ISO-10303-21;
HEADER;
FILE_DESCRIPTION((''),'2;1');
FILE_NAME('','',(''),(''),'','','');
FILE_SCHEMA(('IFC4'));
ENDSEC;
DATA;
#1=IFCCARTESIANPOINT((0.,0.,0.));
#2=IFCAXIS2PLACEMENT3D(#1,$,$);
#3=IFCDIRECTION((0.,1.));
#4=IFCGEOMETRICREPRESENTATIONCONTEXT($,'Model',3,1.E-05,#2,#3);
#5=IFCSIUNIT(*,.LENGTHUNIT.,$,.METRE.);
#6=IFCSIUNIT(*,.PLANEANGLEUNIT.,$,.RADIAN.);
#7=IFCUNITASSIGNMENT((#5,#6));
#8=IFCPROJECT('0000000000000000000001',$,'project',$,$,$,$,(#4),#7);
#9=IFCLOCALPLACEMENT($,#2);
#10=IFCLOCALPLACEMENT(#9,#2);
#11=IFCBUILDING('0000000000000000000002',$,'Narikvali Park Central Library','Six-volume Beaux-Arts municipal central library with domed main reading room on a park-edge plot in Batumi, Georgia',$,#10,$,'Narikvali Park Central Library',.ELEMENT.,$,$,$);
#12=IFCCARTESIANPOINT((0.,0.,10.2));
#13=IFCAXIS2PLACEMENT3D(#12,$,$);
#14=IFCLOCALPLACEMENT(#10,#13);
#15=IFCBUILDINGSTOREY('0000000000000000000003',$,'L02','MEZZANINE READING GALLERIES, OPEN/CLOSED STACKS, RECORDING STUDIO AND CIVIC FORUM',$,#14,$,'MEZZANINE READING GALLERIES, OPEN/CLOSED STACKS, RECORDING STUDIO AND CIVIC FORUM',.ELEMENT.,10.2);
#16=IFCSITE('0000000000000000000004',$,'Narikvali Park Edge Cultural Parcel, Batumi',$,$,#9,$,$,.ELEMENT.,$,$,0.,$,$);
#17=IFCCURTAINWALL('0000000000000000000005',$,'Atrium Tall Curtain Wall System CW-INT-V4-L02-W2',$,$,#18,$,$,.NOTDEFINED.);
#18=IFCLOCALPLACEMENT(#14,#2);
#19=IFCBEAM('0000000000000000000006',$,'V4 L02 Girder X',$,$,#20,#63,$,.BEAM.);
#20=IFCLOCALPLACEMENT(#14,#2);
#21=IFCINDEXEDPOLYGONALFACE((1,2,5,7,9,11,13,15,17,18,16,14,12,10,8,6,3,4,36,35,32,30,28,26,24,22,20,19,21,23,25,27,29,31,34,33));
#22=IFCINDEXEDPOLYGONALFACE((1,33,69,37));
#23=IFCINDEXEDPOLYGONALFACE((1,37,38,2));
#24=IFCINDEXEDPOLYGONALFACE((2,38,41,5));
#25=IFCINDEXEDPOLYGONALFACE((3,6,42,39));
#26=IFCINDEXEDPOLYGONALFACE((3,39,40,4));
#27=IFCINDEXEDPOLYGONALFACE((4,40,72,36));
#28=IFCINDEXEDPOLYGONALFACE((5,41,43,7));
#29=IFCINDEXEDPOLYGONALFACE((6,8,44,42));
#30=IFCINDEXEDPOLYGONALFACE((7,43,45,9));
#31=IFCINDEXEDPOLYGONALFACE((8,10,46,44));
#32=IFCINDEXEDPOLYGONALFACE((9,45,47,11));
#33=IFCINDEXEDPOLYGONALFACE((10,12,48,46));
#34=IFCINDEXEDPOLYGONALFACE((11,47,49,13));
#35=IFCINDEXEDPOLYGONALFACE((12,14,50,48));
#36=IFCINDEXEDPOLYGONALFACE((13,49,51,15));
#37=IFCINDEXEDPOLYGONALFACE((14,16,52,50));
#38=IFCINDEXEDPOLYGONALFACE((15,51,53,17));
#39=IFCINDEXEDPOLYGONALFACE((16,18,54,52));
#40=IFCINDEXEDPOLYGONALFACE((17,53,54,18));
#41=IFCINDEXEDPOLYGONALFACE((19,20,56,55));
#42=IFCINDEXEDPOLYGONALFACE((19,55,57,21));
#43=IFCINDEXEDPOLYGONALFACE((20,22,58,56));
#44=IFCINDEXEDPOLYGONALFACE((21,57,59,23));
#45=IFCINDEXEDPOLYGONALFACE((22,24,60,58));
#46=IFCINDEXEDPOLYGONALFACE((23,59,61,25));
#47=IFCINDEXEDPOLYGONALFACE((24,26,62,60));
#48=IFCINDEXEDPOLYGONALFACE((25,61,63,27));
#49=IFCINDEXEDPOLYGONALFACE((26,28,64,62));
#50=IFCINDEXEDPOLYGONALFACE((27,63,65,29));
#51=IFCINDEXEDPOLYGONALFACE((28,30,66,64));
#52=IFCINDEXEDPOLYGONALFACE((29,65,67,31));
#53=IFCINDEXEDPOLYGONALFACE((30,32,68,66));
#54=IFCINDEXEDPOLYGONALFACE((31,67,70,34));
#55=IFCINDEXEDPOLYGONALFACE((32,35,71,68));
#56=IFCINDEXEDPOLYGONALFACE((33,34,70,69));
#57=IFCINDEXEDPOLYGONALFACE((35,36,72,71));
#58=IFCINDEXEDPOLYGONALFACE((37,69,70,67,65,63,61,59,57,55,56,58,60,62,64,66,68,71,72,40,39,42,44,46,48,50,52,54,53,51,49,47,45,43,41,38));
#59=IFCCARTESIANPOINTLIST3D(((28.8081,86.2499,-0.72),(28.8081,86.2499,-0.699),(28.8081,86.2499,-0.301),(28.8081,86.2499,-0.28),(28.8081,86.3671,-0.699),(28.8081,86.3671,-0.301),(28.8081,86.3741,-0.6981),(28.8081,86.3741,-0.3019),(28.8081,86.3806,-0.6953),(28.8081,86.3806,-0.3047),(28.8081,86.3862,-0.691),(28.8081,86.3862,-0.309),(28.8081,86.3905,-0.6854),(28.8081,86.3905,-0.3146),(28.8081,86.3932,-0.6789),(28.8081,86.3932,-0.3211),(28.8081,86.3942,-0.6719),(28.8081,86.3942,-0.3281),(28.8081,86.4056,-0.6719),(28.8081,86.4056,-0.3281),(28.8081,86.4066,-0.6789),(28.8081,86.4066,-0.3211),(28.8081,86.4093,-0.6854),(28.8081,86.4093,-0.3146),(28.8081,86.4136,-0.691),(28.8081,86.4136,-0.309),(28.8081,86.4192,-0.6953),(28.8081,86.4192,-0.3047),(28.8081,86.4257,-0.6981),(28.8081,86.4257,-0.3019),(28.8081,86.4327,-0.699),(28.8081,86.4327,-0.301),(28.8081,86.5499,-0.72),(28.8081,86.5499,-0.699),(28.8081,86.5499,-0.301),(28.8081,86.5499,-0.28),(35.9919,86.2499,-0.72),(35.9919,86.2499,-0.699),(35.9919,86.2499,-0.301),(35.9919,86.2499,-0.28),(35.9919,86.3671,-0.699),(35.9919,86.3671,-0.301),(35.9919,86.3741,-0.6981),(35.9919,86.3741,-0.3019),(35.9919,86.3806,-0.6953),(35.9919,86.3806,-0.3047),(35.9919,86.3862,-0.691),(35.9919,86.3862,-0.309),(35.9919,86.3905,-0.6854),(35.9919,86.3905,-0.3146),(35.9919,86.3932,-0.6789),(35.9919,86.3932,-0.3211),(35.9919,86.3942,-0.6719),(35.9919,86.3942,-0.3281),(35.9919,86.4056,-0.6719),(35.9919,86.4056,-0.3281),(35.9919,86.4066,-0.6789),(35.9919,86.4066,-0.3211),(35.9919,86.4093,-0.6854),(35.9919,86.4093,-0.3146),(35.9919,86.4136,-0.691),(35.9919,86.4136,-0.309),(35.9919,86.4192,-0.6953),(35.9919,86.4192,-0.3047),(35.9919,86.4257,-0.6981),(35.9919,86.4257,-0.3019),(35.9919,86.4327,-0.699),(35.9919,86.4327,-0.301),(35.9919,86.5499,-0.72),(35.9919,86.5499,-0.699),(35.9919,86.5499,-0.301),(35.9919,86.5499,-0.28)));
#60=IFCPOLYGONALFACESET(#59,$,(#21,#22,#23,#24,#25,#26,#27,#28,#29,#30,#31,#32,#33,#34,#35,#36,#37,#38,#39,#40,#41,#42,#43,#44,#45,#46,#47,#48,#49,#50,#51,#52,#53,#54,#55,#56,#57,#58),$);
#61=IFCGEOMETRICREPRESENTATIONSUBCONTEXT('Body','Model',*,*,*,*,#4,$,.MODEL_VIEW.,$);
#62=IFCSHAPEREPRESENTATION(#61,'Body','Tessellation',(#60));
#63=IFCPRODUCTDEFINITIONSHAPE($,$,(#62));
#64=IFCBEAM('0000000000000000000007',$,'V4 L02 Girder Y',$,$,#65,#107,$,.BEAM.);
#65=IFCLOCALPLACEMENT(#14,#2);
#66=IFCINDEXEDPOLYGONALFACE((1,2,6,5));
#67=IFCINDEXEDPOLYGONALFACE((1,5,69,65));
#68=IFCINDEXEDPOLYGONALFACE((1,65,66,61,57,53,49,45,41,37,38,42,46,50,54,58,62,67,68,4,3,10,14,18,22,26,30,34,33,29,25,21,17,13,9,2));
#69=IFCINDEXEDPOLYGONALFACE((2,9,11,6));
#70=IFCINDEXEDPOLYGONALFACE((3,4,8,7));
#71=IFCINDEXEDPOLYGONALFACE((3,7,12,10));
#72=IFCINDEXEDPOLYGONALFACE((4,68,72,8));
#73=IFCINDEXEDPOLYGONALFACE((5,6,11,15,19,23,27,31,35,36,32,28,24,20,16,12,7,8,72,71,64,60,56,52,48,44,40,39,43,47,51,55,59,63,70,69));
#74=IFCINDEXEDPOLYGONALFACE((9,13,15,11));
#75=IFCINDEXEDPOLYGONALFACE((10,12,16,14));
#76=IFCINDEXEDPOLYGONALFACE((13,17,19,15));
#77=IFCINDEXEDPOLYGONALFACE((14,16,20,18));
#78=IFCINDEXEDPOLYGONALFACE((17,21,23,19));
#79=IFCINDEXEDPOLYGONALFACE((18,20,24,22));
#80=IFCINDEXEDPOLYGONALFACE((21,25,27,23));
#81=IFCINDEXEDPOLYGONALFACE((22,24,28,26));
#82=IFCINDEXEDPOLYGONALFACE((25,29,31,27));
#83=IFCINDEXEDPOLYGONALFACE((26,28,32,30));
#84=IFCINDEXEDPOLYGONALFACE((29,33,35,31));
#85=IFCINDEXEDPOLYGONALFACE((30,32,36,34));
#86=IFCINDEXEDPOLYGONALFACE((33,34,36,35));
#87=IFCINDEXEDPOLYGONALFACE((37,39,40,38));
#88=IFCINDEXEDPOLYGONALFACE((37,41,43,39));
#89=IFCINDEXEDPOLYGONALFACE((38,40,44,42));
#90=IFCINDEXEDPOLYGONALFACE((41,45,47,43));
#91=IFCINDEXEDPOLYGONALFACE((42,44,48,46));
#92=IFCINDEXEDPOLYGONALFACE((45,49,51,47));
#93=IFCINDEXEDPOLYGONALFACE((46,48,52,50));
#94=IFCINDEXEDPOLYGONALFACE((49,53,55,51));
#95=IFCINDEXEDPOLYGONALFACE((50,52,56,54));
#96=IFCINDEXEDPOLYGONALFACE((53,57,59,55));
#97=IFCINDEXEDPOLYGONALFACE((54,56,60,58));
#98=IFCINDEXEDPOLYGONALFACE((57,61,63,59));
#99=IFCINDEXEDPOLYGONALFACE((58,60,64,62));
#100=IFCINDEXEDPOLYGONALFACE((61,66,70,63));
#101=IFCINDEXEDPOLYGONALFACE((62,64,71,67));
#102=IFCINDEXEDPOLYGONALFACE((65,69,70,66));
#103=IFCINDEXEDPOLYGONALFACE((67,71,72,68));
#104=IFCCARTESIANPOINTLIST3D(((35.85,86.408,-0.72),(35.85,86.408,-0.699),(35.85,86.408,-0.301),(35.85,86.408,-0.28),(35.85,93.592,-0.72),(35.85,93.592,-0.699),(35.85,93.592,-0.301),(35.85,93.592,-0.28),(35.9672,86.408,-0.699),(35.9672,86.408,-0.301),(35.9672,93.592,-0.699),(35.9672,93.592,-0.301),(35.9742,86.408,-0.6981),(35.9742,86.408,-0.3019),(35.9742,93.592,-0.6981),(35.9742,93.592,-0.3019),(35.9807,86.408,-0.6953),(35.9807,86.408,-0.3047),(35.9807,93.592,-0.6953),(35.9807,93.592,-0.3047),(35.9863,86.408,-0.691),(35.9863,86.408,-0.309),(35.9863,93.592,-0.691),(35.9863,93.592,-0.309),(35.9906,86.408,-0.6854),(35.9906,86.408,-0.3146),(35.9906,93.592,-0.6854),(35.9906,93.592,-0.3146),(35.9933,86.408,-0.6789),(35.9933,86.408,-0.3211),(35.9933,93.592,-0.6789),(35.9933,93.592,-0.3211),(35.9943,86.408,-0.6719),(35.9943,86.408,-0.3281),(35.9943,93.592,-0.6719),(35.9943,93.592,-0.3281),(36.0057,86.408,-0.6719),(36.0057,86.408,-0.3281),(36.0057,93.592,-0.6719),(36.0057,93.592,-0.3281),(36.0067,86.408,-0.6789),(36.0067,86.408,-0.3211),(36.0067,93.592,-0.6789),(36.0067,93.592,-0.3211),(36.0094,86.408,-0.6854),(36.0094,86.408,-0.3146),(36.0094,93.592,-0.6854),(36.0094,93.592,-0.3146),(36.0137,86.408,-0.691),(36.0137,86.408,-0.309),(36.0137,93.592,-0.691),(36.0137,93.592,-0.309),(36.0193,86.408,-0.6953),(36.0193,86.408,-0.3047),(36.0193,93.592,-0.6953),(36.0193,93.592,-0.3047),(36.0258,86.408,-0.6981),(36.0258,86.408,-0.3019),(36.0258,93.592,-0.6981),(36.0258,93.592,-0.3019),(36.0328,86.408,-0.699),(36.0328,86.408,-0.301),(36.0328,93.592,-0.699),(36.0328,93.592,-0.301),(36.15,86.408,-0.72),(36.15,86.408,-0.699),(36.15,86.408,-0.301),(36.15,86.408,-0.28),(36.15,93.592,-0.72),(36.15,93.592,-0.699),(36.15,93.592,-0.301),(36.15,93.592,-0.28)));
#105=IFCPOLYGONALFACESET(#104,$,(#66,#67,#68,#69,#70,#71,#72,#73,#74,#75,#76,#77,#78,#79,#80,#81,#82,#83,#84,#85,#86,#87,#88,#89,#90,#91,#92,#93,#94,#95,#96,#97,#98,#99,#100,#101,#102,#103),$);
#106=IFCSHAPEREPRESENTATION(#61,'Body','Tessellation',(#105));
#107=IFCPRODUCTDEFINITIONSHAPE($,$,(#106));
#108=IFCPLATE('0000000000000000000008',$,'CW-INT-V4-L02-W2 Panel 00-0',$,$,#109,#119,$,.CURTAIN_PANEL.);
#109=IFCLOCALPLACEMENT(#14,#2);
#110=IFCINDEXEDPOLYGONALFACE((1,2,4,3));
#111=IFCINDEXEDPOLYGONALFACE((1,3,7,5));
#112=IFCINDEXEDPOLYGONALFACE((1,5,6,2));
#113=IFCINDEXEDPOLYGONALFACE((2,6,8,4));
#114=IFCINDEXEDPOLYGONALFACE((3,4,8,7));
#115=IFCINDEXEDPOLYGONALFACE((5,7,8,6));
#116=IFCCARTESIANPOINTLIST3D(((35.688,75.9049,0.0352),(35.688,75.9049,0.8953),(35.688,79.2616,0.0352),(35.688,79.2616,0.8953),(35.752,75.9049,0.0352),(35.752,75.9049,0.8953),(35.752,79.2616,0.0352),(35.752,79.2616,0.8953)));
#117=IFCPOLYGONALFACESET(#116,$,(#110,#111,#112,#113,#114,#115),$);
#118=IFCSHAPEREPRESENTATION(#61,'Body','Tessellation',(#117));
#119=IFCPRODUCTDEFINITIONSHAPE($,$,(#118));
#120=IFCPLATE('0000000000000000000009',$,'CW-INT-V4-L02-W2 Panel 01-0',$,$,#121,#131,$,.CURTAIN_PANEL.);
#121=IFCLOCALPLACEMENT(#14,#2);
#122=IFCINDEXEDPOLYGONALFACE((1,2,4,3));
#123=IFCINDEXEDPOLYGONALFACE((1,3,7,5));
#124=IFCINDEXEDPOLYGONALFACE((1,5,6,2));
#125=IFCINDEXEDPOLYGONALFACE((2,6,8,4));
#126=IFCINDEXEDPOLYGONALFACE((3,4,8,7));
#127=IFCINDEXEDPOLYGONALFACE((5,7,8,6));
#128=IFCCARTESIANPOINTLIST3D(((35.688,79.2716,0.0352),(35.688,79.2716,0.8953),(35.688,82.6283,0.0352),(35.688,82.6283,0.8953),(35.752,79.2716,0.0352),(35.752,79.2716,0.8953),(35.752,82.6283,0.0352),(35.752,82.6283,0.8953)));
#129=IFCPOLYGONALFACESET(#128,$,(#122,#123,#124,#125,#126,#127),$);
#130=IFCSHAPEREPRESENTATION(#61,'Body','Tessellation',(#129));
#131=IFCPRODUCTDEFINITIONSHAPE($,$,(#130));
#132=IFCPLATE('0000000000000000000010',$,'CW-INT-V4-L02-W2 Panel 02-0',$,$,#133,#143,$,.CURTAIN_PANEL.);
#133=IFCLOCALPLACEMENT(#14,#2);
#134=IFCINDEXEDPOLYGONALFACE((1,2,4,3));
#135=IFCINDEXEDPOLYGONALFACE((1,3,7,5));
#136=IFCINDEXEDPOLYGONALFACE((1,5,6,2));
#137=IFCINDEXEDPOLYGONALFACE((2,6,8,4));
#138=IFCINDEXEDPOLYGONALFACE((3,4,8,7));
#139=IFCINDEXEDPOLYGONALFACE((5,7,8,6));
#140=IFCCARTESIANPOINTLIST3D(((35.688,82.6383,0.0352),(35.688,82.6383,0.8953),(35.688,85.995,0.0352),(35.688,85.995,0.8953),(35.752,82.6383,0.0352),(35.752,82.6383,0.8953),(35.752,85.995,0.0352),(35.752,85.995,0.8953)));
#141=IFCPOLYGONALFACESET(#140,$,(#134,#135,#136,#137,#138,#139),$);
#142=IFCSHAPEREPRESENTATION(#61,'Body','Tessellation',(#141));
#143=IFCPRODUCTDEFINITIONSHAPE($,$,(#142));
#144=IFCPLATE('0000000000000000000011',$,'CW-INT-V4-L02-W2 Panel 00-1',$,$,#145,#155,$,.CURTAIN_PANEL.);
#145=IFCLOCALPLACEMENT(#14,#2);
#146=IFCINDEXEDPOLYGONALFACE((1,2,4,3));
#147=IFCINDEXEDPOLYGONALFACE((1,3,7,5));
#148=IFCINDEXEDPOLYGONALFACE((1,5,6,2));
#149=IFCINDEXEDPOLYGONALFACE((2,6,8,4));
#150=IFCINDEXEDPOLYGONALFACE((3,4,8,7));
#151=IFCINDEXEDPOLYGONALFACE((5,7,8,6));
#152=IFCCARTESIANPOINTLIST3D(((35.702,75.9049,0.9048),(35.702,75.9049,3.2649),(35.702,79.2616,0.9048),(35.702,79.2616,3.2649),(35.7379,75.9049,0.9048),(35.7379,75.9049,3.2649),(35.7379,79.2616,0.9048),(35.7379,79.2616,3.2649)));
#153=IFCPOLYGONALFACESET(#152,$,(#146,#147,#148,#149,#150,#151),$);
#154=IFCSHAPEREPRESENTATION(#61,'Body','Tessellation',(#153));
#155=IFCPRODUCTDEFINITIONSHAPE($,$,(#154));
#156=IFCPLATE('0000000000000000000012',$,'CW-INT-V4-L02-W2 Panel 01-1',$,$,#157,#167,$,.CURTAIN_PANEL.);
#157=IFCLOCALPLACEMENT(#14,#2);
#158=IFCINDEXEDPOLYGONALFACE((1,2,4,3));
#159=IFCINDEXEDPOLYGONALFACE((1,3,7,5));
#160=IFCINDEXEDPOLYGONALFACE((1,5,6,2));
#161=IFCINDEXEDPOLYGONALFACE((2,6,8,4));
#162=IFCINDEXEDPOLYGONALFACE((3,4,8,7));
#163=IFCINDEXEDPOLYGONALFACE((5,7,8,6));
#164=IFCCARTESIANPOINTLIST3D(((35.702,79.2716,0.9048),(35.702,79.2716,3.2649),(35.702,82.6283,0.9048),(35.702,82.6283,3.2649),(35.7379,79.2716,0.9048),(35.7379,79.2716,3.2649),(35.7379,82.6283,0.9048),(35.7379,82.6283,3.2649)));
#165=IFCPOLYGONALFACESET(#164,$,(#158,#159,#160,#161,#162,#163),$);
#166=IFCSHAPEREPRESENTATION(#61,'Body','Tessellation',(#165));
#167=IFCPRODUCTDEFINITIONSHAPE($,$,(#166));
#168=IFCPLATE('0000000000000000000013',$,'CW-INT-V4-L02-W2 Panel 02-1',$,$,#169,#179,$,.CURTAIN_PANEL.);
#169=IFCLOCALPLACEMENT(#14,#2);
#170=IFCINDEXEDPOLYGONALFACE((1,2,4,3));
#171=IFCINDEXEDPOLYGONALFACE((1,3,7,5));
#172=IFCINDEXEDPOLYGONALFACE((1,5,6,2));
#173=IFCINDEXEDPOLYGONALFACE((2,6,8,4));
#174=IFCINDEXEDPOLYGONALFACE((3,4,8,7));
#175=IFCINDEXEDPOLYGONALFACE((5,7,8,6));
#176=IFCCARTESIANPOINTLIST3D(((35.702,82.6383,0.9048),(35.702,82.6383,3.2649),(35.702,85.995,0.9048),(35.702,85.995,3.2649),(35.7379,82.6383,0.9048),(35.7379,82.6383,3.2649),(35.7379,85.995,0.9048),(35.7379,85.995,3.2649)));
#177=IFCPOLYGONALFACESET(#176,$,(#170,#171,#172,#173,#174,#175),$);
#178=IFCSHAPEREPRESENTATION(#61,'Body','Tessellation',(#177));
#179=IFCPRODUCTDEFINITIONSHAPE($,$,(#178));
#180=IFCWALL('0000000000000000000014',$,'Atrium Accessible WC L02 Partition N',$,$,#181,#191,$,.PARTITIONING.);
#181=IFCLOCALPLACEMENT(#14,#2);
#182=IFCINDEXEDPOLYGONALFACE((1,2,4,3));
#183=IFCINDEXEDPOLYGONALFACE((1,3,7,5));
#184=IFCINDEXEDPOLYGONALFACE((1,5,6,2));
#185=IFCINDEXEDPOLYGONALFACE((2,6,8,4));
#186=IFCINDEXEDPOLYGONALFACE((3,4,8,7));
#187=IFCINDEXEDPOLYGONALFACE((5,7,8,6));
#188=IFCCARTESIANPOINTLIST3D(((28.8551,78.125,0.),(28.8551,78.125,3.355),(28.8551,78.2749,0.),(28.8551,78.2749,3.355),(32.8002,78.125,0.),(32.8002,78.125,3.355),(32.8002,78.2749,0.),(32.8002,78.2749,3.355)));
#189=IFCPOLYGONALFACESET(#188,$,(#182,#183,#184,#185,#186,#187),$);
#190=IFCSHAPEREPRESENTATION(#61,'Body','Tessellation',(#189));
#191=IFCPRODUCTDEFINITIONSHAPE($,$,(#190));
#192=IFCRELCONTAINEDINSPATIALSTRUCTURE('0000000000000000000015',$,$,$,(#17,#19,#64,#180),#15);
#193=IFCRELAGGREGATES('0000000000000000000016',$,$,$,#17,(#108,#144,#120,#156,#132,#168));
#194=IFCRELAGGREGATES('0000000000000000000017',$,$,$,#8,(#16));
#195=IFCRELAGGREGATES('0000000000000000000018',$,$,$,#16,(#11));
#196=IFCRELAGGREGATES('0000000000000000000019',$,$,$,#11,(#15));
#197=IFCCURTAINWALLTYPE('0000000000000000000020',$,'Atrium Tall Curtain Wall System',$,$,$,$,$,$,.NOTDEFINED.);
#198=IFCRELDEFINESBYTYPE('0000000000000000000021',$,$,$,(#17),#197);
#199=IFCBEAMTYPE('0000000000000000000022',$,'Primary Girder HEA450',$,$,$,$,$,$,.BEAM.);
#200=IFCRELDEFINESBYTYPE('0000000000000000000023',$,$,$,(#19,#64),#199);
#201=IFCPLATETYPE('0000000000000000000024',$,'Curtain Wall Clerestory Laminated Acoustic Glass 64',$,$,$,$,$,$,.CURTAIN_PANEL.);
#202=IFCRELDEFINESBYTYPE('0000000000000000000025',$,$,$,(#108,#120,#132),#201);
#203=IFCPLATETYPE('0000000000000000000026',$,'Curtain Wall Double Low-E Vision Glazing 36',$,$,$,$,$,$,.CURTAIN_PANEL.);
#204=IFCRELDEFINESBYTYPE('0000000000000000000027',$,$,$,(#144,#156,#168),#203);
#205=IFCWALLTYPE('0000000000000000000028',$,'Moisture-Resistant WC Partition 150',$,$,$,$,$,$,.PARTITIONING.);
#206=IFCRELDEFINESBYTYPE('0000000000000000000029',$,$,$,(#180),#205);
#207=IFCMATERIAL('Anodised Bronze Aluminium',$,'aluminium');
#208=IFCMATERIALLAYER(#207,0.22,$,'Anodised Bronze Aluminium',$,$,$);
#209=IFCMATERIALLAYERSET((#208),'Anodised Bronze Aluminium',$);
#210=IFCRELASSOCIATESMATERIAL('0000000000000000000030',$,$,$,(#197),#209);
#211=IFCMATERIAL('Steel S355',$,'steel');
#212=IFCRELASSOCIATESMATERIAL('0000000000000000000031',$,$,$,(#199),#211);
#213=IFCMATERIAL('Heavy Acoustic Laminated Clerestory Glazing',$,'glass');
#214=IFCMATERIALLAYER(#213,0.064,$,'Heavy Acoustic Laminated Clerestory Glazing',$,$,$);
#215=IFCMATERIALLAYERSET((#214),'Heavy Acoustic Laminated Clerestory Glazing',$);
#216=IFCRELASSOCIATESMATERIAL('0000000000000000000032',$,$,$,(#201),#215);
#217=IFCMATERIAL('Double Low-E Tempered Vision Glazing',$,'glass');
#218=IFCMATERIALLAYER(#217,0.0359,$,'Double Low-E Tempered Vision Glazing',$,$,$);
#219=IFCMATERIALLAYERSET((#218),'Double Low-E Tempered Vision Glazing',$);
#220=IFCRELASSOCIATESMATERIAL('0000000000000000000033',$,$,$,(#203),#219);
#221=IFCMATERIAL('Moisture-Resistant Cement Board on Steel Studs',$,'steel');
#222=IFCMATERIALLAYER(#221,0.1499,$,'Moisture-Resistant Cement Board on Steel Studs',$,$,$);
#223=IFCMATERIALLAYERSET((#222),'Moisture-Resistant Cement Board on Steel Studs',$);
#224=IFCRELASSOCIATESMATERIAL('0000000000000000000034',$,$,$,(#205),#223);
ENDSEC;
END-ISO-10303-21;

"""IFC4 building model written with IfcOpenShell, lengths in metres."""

from ifc_helpers import new_model, si_unit, direction, frame, frame_2d, origin, origin_2d, place, context, subcontext, project, spatial, rectangle, i_section, extrude, material, layer, layer_set, material_profile, profile_set, type_object, element, aggregate, save


model = new_model("IFC4")

# Units and contexts
model_context = context("Model", 3, precision=1e-05, world=origin(), true_north=direction((0.0, 1.0)))
body_context = subcontext(model_context, "Body", "Model", "MODEL_VIEW")
ifc_project = project(units=[si_unit("LENGTHUNIT", "METRE"), si_unit("PLANEANGLEUNIT", "RADIAN")], contexts=[model_context])

# Site, building, storey
site_placement = place(None, origin())
site = spatial("IfcSite", under=ifc_project, at=site_placement, Name="Narikvali Park Edge Cultural Parcel, Batumi", CompositionType="ELEMENT", RefElevation=0.0)
building_placement = place(site_placement, origin())
building = spatial("IfcBuilding", under=site, at=building_placement, Name="Narikvali Park Central Library", Description="Six-volume Beaux-Arts municipal central library with domed main reading room on a park-edge plot in Batumi, Georgia", LongName="Narikvali Park Central Library", CompositionType="ELEMENT")
storey_placement = place(building_placement, frame((0.0, 0.0, 10.2)))
storey = spatial("IfcBuildingStorey", under=building, at=storey_placement, Name="L02", Description="MEZZANINE READING GALLERIES, OPEN/CLOSED STACKS, RECORDING STUDIO AND CIVIC FORUM", LongName="MEZZANINE READING GALLERIES, OPEN/CLOSED STACKS, RECORDING STUDIO AND CIVIC FORUM", CompositionType="ELEMENT", Elevation=10.2)

# Shared definitions
ifc_material_1 = material(Name="Steel S355", Category="steel")

# Curtain wall
ifc_material_2 = material(Name="Anodised Bronze Aluminium", Category="aluminium")
ifc_layer_1 = layer(ifc_material_2, 0.22, Name="Anodised Bronze Aluminium")
ifc_layer_set_1 = layer_set([ifc_layer_1], Name="Anodised Bronze Aluminium")
curtain_wall_type = type_object("IfcCurtainWallType", Name="Atrium Tall Curtain Wall System", PredefinedType="NOTDEFINED", material=ifc_layer_set_1)
curtain_wall_placement = place(storey_placement, origin())
curtain_wall = element("IfcCurtainWall", 1, at=curtain_wall_placement, inside=storey, type_object=curtain_wall_type, Name="Atrium Tall Curtain Wall System CW-INT-V4-L02-W2", PredefinedType="NOTDEFINED")

# Beams
ifc_material_profile_1 = material_profile(ifc_material_1, i_section(OverallWidth=0.3, OverallDepth=0.4399, WebThickness=0.0115, FlangeThickness=0.021, FilletRadius=0.0271, at=origin_2d()), Name="HEA 450")
ifc_profile_set_1 = profile_set([ifc_material_profile_1], Name="Steel S355")
beam_type_1 = type_object("IfcBeamType", Name="Primary Girder HEA450", PredefinedType="BEAM", material=ifc_profile_set_1)
for number, where, z_axis, x_axis, name in (
    (2, (28.8081, 86.3999, -0.5), (1.0, 0.0, 0.0), (0.0, 1.0, 0.0), "V4 L02 Girder X"),
):
    element("IfcBeam", number, at=place(storey_placement, frame(where, z_axis=z_axis, x_axis=x_axis)), inside=storey, type_object=beam_type_1, Name=name, PredefinedType="BEAM", context=body_context, shape_type="SweptSolid", body=[
        extrude(i_section(OverallWidth=0.3, OverallDepth=0.4399, WebThickness=0.0115, FlangeThickness=0.021, FilletRadius=0.0271, at=origin_2d()), origin(), (0.0, 0.0, 1.0), 7.1838),
    ])
beam_placement = place(storey_placement, frame((36.0, 86.408, -0.5), z_axis=(0.0, 1.0, 0.0), x_axis=(-1.0, 0.0, 0.0)))
element("IfcBeam", 3, at=beam_placement, inside=storey, type_object=beam_type_1, Name="V4 L02 Girder Y", PredefinedType="BEAM", context=body_context, shape_type="SweptSolid", body=[
    extrude(i_section(OverallWidth=0.3, OverallDepth=0.4399, WebThickness=0.0115, FlangeThickness=0.021, FilletRadius=0.0271, at=origin_2d()), origin(), (0.0, 0.0, 1.0), 7.1841),
])

# Plates
ifc_material_3 = material(Name="Heavy Acoustic Laminated Clerestory Glazing", Category="glass")
ifc_layer_2 = layer(ifc_material_3, 0.064, Name="Heavy Acoustic Laminated Clerestory Glazing")
ifc_layer_set_2 = layer_set([ifc_layer_2], Name="Heavy Acoustic Laminated Clerestory Glazing")
plate_type_1 = type_object("IfcPlateType", Name="Curtain Wall Clerestory Laminated Acoustic Glass 64", PredefinedType="CURTAIN_PANEL", material=ifc_layer_set_2)
plate_1_placement = place(storey_placement, frame((35.72, 77.5833, 0.0352), z_axis=(0.0, 0.0, 1.0), x_axis=(0.0, 1.0, 0.0)))
plate_1 = element("IfcPlate", 4, at=plate_1_placement, type_object=plate_type_1, Name="CW-INT-V4-L02-W2 Panel 00-0", PredefinedType="CURTAIN_PANEL", context=body_context, shape_type="SweptSolid", body=[
    extrude(rectangle(XDim=3.3567, YDim=0.064, at=origin_2d()), origin(), (0.0, 0.0, 1.0), 0.8601),
])
plate_2_placement = place(storey_placement, frame((35.72, 80.95, 0.0352), z_axis=(0.0, 0.0, 1.0), x_axis=(0.0, 1.0, 0.0)))
plate_2 = element("IfcPlate", 5, at=plate_2_placement, type_object=plate_type_1, Name="CW-INT-V4-L02-W2 Panel 01-0", PredefinedType="CURTAIN_PANEL", context=body_context, shape_type="SweptSolid", body=[
    extrude(rectangle(XDim=3.3567, YDim=0.064, at=origin_2d()), origin(), (0.0, 0.0, 1.0), 0.8601),
])
plate_3_placement = place(storey_placement, frame((35.72, 84.3167, 0.0352), z_axis=(0.0, 0.0, 1.0), x_axis=(0.0, 1.0, 0.0)))
plate_3 = element("IfcPlate", 6, at=plate_3_placement, type_object=plate_type_1, Name="CW-INT-V4-L02-W2 Panel 02-0", PredefinedType="CURTAIN_PANEL", context=body_context, shape_type="SweptSolid", body=[
    extrude(rectangle(XDim=3.3567, YDim=0.064, at=origin_2d()), origin(), (0.0, 0.0, 1.0), 0.8601),
])
ifc_material_4 = material(Name="Double Low-E Tempered Vision Glazing", Category="glass")
ifc_layer_3 = layer(ifc_material_4, 0.0359, Name="Double Low-E Tempered Vision Glazing")
ifc_layer_set_3 = layer_set([ifc_layer_3], Name="Double Low-E Tempered Vision Glazing")
plate_type_2 = type_object("IfcPlateType", Name="Curtain Wall Double Low-E Vision Glazing 36", PredefinedType="CURTAIN_PANEL", material=ifc_layer_set_3)
plate_4_placement = place(storey_placement, frame((35.72, 77.5833, 0.9048), z_axis=(0.0, 0.0, 1.0), x_axis=(0.0, 1.0, 0.0)))
plate_4 = element("IfcPlate", 7, at=plate_4_placement, type_object=plate_type_2, Name="CW-INT-V4-L02-W2 Panel 00-1", PredefinedType="CURTAIN_PANEL", context=body_context, shape_type="SweptSolid", body=[
    extrude(rectangle(XDim=3.3567, YDim=0.0359, at=origin_2d()), origin(), (0.0, 0.0, 1.0), 2.3601),
])
plate_5_placement = place(storey_placement, frame((35.72, 80.95, 0.9048), z_axis=(0.0, 0.0, 1.0), x_axis=(0.0, 1.0, 0.0)))
plate_5 = element("IfcPlate", 8, at=plate_5_placement, type_object=plate_type_2, Name="CW-INT-V4-L02-W2 Panel 01-1", PredefinedType="CURTAIN_PANEL", context=body_context, shape_type="SweptSolid", body=[
    extrude(rectangle(XDim=3.3567, YDim=0.0359, at=origin_2d()), origin(), (0.0, 0.0, 1.0), 2.3601),
])
plate_6_placement = place(storey_placement, frame((35.72, 84.3167, 0.9048), z_axis=(0.0, 0.0, 1.0), x_axis=(0.0, 1.0, 0.0)))
plate_6 = element("IfcPlate", 9, at=plate_6_placement, type_object=plate_type_2, Name="CW-INT-V4-L02-W2 Panel 02-1", PredefinedType="CURTAIN_PANEL", context=body_context, shape_type="SweptSolid", body=[
    extrude(rectangle(XDim=3.3567, YDim=0.0359, at=origin_2d()), origin(), (0.0, 0.0, 1.0), 2.3601),
])
aggregate(curtain_wall, [plate_1, plate_4, plate_2, plate_5, plate_3, plate_6])

# Wall
ifc_material_5 = material(Name="Moisture-Resistant Cement Board on Steel Studs", Category="steel")
ifc_layer_4 = layer(ifc_material_5, 0.1499, Name="Moisture-Resistant Cement Board on Steel Studs")
ifc_layer_set_4 = layer_set([ifc_layer_4], Name="Moisture-Resistant Cement Board on Steel Studs")
wall_type_1 = type_object("IfcWallType", Name="Moisture-Resistant WC Partition 150", PredefinedType="PARTITIONING", material=ifc_layer_set_4)
wall_1_placement = place(storey_placement, frame((28.855, 78.2, 0.0), z_axis=(0.0, 0.0, 1.0), x_axis=(1.0, 0.0, 0.0)))
element("IfcWall", 10, at=wall_1_placement, inside=storey, type_object=wall_type_1, Name="Atrium Accessible WC L02 Partition N", PredefinedType="PARTITIONING", context=body_context, shape_type="SweptSolid", body=[
    extrude(rectangle(XDim=3.9451, YDim=0.1499, at=frame_2d((1.9727, 0.0))), origin(), (0.0, 0.0, 1.0), 3.355),
])

save(model, "model.ifc")
